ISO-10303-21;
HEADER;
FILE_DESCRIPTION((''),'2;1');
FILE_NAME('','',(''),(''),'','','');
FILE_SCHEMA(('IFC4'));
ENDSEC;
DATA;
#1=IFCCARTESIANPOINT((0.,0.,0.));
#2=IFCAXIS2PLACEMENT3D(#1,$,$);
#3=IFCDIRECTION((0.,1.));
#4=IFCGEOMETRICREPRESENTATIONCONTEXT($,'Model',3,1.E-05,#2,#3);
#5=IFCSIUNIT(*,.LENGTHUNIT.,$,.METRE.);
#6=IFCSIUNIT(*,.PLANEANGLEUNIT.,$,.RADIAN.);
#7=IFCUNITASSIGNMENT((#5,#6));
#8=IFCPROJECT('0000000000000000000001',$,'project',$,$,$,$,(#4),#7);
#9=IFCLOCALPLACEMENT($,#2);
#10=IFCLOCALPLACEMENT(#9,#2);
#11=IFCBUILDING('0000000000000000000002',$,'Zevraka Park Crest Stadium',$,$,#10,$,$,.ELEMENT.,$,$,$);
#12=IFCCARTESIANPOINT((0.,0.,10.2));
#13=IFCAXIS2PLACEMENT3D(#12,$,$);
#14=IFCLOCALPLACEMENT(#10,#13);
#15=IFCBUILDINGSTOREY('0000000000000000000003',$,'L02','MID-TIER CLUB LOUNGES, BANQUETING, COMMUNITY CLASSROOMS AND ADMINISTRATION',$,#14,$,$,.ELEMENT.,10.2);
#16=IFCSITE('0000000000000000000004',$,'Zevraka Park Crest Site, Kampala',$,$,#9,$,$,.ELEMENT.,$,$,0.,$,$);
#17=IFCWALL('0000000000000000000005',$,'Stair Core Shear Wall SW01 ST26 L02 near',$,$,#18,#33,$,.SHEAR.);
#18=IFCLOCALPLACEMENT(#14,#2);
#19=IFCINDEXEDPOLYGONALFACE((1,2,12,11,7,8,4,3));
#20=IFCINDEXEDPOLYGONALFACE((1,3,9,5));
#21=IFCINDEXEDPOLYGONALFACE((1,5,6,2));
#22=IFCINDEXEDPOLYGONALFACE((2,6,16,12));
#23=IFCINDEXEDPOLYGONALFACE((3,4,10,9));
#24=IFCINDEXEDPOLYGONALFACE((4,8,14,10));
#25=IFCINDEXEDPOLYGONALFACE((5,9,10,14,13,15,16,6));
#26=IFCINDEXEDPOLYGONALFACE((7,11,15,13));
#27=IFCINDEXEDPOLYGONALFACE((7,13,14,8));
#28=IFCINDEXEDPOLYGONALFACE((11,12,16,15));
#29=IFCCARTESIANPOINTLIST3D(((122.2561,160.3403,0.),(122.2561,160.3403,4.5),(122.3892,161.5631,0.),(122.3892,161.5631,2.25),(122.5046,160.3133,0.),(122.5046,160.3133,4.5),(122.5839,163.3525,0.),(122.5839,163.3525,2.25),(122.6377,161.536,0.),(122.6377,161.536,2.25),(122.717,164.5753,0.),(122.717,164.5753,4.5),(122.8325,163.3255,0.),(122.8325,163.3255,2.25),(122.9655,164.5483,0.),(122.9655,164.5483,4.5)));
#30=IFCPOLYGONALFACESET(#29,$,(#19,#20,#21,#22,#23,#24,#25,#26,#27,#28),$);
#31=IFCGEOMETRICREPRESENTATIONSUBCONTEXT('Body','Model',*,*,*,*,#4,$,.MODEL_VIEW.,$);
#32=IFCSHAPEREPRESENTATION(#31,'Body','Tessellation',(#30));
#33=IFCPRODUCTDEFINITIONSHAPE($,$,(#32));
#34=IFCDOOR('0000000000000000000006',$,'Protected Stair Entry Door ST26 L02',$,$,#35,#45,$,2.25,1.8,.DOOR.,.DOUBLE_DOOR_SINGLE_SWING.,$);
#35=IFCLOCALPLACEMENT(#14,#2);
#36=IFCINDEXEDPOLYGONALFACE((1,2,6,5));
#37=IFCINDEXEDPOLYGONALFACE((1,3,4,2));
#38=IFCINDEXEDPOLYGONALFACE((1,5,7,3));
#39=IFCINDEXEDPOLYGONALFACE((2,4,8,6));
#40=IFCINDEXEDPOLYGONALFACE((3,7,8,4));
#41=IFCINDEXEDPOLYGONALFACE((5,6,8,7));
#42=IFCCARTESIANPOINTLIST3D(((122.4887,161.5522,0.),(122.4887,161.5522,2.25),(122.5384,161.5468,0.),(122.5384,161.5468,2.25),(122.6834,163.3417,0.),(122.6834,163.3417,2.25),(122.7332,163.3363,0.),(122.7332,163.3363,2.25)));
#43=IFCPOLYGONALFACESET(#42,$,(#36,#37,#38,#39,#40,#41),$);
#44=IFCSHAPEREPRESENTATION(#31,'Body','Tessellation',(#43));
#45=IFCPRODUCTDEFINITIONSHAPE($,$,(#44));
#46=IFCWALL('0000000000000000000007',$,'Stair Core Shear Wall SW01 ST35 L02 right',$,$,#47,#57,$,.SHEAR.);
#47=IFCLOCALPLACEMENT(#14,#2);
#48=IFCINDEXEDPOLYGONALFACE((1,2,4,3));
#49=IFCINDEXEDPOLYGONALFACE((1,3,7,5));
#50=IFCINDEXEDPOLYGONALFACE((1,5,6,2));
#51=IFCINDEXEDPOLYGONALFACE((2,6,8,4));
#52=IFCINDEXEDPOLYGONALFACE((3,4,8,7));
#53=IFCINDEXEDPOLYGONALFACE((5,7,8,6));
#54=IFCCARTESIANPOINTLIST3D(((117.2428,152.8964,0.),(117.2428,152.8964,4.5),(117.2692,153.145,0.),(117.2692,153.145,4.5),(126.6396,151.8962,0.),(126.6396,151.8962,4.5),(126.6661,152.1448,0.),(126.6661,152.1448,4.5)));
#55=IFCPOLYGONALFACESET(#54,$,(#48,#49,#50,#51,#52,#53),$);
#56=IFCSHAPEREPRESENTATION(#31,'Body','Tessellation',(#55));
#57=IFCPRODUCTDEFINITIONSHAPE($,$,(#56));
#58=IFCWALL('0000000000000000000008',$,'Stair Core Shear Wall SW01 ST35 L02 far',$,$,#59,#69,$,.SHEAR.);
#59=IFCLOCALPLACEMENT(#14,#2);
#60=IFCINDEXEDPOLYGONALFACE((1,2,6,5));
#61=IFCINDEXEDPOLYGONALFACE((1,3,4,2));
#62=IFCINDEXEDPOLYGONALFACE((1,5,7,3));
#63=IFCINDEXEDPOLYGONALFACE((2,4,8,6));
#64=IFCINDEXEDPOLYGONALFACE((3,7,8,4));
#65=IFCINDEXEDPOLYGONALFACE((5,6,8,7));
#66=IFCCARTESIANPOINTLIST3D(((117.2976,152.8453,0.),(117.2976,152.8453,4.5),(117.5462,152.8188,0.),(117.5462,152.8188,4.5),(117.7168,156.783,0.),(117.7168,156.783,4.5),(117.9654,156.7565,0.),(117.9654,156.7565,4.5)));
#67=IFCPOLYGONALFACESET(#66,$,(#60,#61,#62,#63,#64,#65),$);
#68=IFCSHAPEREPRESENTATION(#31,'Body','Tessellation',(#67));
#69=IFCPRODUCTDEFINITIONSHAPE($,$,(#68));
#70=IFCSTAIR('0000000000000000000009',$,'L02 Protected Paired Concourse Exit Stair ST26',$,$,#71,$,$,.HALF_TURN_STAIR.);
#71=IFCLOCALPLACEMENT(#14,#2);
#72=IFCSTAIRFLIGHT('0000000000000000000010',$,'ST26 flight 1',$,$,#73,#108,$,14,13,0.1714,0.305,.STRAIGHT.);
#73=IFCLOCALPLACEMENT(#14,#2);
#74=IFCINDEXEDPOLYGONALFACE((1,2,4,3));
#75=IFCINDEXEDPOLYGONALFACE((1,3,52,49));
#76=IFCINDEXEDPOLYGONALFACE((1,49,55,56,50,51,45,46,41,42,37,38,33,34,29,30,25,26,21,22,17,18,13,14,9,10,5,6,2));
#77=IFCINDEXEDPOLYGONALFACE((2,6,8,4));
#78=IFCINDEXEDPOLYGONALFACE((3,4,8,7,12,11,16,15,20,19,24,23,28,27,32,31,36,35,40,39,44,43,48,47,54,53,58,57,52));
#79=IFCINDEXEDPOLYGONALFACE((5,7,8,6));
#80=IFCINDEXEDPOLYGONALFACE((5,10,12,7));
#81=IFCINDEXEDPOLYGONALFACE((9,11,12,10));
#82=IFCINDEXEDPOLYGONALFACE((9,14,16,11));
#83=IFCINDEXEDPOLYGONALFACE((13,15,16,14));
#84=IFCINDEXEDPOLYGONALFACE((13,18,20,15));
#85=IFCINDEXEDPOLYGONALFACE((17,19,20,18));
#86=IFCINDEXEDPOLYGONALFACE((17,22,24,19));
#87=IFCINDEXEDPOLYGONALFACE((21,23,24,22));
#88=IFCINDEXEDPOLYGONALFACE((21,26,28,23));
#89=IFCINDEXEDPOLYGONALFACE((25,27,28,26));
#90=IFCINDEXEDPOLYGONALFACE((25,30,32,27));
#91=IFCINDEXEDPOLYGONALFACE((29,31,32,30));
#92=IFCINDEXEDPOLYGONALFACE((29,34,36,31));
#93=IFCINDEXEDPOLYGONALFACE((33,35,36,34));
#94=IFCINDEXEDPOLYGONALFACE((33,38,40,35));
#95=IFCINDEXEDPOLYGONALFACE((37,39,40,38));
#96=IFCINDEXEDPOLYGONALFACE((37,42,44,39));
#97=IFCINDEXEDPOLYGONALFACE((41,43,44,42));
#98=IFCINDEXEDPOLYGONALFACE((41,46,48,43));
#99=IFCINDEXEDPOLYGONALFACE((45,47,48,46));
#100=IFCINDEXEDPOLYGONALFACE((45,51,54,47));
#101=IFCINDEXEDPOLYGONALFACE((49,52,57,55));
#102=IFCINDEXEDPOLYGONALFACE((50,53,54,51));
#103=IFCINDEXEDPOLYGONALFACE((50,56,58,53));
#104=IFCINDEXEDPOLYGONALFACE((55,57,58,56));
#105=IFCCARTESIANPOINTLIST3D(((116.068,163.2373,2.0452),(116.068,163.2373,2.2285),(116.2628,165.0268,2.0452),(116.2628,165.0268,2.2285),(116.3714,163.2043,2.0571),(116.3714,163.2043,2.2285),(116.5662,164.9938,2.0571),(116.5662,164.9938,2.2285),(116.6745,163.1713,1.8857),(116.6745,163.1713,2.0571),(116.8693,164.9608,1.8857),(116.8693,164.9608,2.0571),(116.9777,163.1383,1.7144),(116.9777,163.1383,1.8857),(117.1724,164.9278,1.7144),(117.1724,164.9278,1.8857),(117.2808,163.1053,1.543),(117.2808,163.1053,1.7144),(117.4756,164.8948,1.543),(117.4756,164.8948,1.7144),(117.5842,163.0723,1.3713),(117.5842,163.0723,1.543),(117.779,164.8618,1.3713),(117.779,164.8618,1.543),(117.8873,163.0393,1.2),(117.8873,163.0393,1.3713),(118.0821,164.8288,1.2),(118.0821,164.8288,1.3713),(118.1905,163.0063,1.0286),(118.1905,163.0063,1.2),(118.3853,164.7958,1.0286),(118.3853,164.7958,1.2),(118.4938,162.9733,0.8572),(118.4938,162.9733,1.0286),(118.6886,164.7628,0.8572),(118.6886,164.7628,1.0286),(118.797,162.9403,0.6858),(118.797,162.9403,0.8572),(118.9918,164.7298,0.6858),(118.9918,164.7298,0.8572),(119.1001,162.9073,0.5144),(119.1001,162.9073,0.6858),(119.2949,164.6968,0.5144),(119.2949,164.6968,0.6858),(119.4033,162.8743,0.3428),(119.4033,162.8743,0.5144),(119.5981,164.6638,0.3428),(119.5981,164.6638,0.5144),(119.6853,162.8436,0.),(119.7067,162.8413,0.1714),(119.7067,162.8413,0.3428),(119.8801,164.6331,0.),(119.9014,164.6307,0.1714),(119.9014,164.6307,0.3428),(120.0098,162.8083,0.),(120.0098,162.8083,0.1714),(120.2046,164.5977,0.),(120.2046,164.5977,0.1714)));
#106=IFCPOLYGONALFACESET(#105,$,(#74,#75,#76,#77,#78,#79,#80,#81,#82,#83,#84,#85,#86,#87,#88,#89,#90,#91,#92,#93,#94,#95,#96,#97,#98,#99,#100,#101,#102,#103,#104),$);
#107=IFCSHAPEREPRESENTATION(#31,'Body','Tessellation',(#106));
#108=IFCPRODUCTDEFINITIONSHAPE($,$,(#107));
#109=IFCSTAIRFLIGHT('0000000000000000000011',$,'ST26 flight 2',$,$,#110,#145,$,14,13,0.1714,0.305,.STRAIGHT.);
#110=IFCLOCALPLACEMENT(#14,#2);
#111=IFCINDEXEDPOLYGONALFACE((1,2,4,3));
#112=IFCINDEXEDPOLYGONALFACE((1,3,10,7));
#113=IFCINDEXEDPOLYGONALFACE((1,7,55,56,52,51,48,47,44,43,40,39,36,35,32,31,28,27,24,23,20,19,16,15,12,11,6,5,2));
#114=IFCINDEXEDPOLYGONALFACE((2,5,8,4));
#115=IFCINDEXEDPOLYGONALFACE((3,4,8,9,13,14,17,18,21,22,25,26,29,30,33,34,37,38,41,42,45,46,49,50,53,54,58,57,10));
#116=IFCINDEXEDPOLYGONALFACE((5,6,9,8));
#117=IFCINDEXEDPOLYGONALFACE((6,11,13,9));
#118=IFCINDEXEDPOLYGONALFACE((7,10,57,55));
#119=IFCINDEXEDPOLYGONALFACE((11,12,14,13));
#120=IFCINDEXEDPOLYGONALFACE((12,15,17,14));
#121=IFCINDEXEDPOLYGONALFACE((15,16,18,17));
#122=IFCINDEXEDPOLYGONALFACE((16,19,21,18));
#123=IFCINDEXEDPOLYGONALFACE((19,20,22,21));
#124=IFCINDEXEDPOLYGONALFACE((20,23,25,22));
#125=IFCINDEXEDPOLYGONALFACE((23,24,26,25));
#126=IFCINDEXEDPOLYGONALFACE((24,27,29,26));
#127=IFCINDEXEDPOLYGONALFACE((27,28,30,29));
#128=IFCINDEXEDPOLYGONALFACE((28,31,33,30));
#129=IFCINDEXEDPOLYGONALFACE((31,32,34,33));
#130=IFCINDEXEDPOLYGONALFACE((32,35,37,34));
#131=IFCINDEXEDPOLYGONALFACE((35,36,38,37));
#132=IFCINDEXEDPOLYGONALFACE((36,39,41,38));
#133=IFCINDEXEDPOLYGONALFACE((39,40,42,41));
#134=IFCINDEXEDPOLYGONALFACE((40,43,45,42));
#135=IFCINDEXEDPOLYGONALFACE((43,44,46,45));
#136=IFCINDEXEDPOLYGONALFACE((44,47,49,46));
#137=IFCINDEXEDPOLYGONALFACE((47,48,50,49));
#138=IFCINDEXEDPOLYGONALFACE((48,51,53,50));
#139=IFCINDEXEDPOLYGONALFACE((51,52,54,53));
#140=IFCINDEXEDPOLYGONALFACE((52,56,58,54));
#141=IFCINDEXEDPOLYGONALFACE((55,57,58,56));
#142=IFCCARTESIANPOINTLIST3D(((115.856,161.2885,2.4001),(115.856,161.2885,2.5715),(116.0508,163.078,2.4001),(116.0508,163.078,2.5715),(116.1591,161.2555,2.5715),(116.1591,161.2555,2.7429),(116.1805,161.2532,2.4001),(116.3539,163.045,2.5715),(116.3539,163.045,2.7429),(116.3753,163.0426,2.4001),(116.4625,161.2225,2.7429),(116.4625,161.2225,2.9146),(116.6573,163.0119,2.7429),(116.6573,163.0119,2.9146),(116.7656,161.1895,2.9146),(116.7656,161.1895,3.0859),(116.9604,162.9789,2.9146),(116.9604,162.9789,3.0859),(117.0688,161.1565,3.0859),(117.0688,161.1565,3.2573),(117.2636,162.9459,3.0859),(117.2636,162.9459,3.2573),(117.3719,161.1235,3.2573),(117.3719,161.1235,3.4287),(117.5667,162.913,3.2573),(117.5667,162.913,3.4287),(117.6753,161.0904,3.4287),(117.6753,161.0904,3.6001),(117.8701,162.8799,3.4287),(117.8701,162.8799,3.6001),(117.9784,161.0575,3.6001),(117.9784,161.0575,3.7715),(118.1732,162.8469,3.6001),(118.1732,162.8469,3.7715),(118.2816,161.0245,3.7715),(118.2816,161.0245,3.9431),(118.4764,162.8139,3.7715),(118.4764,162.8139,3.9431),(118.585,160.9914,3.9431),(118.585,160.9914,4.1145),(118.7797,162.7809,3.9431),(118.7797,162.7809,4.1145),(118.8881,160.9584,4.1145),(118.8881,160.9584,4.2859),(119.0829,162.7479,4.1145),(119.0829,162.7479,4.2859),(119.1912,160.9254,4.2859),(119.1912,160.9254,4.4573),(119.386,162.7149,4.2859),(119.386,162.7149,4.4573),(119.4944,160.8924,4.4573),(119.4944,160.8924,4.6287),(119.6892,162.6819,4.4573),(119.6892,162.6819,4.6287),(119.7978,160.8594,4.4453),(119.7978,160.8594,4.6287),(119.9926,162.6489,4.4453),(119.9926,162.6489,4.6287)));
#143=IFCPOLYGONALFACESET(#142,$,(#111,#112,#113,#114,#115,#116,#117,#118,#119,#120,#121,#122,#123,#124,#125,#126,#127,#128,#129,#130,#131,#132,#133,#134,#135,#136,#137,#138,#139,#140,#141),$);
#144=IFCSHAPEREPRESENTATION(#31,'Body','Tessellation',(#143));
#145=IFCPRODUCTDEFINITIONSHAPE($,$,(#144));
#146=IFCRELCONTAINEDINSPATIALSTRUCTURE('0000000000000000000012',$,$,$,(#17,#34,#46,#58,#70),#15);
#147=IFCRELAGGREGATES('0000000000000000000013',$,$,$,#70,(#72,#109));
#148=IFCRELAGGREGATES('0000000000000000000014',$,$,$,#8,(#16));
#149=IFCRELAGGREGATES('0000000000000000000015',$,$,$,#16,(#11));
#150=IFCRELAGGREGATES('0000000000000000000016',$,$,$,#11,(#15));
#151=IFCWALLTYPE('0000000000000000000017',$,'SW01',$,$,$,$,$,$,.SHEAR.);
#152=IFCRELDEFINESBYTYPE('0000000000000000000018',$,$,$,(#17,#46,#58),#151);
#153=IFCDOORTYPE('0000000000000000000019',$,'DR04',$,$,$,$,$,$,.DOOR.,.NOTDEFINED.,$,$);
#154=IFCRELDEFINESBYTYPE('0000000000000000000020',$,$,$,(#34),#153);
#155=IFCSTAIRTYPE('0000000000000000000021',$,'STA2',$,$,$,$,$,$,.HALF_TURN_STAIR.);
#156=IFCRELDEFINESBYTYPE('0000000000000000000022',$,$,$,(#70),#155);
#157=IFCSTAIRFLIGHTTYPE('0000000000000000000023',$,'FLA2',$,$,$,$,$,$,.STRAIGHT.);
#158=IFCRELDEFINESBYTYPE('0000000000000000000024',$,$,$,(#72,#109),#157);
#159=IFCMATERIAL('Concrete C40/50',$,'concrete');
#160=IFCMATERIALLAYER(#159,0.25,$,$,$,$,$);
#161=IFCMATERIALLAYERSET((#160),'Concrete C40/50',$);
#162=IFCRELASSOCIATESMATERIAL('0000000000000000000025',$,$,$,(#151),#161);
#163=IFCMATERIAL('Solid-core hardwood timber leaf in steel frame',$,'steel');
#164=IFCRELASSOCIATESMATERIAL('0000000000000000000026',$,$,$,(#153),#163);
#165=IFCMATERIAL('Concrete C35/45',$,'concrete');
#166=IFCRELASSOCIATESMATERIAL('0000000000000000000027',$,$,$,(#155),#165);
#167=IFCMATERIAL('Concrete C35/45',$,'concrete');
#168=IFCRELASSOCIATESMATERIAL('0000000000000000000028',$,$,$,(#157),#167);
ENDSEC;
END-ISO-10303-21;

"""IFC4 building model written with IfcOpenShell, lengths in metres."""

from ifc_helpers import new_model, si_unit, direction, frame, frame_2d, origin, place, context, subcontext, project, spatial, polyline, rectangle, outline, extrude, material, layer, layer_set, type_object, element, fill, aggregate, save


model = new_model("IFC4")

# Units and contexts
model_context = context("Model", 3, precision=1e-05, world=origin(), true_north=direction((0.0, 1.0)))
body_context = subcontext(model_context, "Body", "Model", "MODEL_VIEW")
ifc_project = project(units=[si_unit("LENGTHUNIT", "METRE"), si_unit("PLANEANGLEUNIT", "RADIAN")], contexts=[model_context])

# Site, building, storey
site_placement = place(None, origin())
site = spatial("IfcSite", under=ifc_project, at=site_placement, Name="Zevraka Park Crest Site, Kampala", CompositionType="ELEMENT", RefElevation=0.0)
building_placement = place(site_placement, origin())
building = spatial("IfcBuilding", under=site, at=building_placement, Name="Zevraka Park Crest Stadium", CompositionType="ELEMENT")
storey_placement = place(building_placement, frame((0.0, 0.0, 10.2)))
storey = spatial("IfcBuildingStorey", under=building, at=storey_placement, Name="L02", Description="MID-TIER CLUB LOUNGES, BANQUETING, COMMUNITY CLASSROOMS AND ADMINISTRATION", CompositionType="ELEMENT", Elevation=10.2)

# Shared definitions
ifc_material_1 = material(Name="Concrete C40/50", Category="concrete")
ifc_layer = layer(ifc_material_1, 0.25)
ifc_layer_set = layer_set([ifc_layer], Name="Concrete C40/50")
wall_type = type_object("IfcWallType", Name="SW01", PredefinedType="SHEAR", material=ifc_layer_set)

# Wall, opening, door
wall_1_placement = place(storey_placement, frame((122.3804, 160.3269, 0.0), z_axis=(0.0, 0.0, 1.0), x_axis=(0.108198, 0.994129, 0.0)))
wall_1 = element("IfcWall", 1, at=wall_1_placement, inside=storey, type_object=wall_type, Name="Stair Core Shear Wall SW01 ST26 L02 near", PredefinedType="SHEAR", context=body_context, shape_type="SweptSolid", body=[
    extrude(rectangle(XDim=4.26, YDim=0.25, at=frame_2d((2.1299, 0.0))), origin(), (0.0, 0.0, 1.0), 4.5),
])
opening_placement = place(wall_1_placement, frame((1.23, 0.0, 0.0)))
opening = element("IfcOpeningElement", 2, at=opening_placement, cuts=wall_1, PredefinedType="OPENING", context=body_context, shape_type="SweptSolid", body=[
    extrude(rectangle(XDim=1.8, YDim=2.25, at=frame_2d((0.8999, 1.125))), frame((0.0, 0.135, 0.0), z_axis=(0.0, -1.0, 0.0), x_axis=(1.0, 0.0, 0.0)), (0.0, 0.0, 1.0), 0.27),
])
ifc_material_2 = material(Name="Solid-core hardwood timber leaf in steel frame", Category="steel")
door_type = type_object("IfcDoorType", Name="DR04", OperationType="NOTDEFINED", PredefinedType="DOOR", material=ifc_material_2)
door_placement = place(opening_placement, origin())
door = element("IfcDoor", 3, at=door_placement, inside=storey, type_object=door_type, Name="Protected Stair Entry Door ST26 L02", OperationType="DOUBLE_DOOR_SINGLE_SWING", OverallHeight=2.25, OverallWidth=1.8, PredefinedType="DOOR", context=body_context, shape_type="SweptSolid", body=[
    extrude(rectangle(XDim=1.8, YDim=2.25, at=frame_2d((0.8999, 1.125))), frame((0.0, 0.0249, 0.0), z_axis=(0.0, -1.0, 0.0), x_axis=(1.0, 0.0, 0.0)), (0.0, 0.0, 1.0), 0.05),
])
fill(opening, door)

# Walls
wall_2_placement = place(storey_placement, frame((117.2559, 153.0208, 0.0), z_axis=(0.0, 0.0, 1.0), x_axis=(0.994383, -0.105845, 0.0)))
element("IfcWall", 4, at=wall_2_placement, inside=storey, type_object=wall_type, Name="Stair Core Shear Wall SW01 ST35 L02 right", PredefinedType="SHEAR", context=body_context, shape_type="SweptSolid", body=[
    extrude(rectangle(XDim=9.45, YDim=0.25, at=frame_2d((4.7251, 0.0))), origin(), (0.0, 0.0, 1.0), 4.5),
])
wall_3_placement = place(storey_placement, frame((117.8411, 156.7698, 0.0), z_axis=(0.0, 0.0, 1.0), x_axis=(-0.105856, -0.994381, 0.0)))
element("IfcWall", 5, at=wall_3_placement, inside=storey, type_object=wall_type, Name="Stair Core Shear Wall SW01 ST35 L02 far", PredefinedType="SHEAR", context=body_context, shape_type="SweptSolid", body=[
    extrude(rectangle(XDim=3.96, YDim=0.25, at=frame_2d((1.98, 0.0))), origin(), (0.0, 0.0, 1.0), 4.5),
])

# Stair, stair flights
ifc_material_3 = material(Name="Concrete C35/45", Category="concrete")
stair_type = type_object("IfcStairType", Name="STA2", PredefinedType="HALF_TURN_STAIR", material=ifc_material_3)
stair_placement = place(storey_placement, origin())
stair = element("IfcStair", 6, at=stair_placement, inside=storey, type_object=stair_type, Name="L02 Protected Paired Concourse Exit Stair ST26", PredefinedType="HALF_TURN_STAIR")
ifc_material_4 = material(Name="Concrete C35/45", Category="concrete")
stair_flight_type = type_object("IfcStairFlightType", Name="FLA2", PredefinedType="STRAIGHT", material=ifc_material_4)
stair_flight_1_placement = place(storey_placement, frame((120.1072, 163.7029, 0.0), z_axis=(0.0, 0.0, 1.0), x_axis=(-0.994128, 0.108215, 0.0)))
stair_flight_1 = element("IfcStairFlight", 7, at=stair_flight_1_placement, type_object=stair_flight_type, Name="ST26 flight 1", NumberOfRisers=14, NumberOfTreads=13, PredefinedType="STRAIGHT", RiserHeight=0.1714, TreadLength=0.305, context=body_context, shape_type="SweptSolid", body=[
    extrude(outline(polyline([(0.0, 0.0), (0.0, 0.1714), (0.3049, 0.1714), (0.3049, 0.3428), (0.6101, 0.3428), (0.6101, 0.5144), (0.915, 0.5144), (0.915, 0.6858), (1.22, 0.6858), (1.22, 0.8572), (1.5249, 0.8572), (1.5249, 1.0286), (1.8301, 1.0286), (1.8301, 1.2), (2.135, 1.2), (2.135, 1.3713), (2.4399, 1.3713), (2.4399, 1.543), (2.7451, 1.543), (2.7451, 1.7144), (3.05, 1.7144), (3.05, 1.8857), (3.355, 1.8857), (3.355, 2.0571), (3.6599, 2.0571), (3.6599, 2.2285), (3.9651, 2.2285), (3.9651, 2.3999), (3.9651, 2.0452), (0.3264, 0.0), (0.0, 0.0)])), frame((0.0, 0.8999, 0.0), z_axis=(0.0, -1.0, 0.0), x_axis=(1.0, 0.0, 0.0)), (0.0, 0.0, 1.0), 1.8),
])
stair_flight_2_placement = place(storey_placement, frame((115.9534, 162.1833, 2.4001), z_axis=(0.0, 0.0, 1.0), x_axis=(0.994128, -0.108215, 0.0)))
stair_flight_2 = element("IfcStairFlight", 8, at=stair_flight_2_placement, type_object=stair_flight_type, Name="ST26 flight 2", NumberOfRisers=14, NumberOfTreads=13, PredefinedType="STRAIGHT", RiserHeight=0.1714, TreadLength=0.305, context=body_context, shape_type="SweptSolid", body=[
    extrude(outline(polyline([(0.0, 0.0), (0.0, 0.1714), (0.3049, 0.1714), (0.3049, 0.3428), (0.6101, 0.3428), (0.6101, 0.5144), (0.915, 0.5144), (0.915, 0.6858), (1.22, 0.6858), (1.22, 0.8572), (1.5249, 0.8572), (1.5249, 1.0286), (1.8301, 1.0286), (1.8301, 1.2), (2.135, 1.2), (2.135, 1.3713), (2.4399, 1.3713), (2.4399, 1.543), (2.7451, 1.543), (2.7451, 1.7144), (3.05, 1.7144), (3.05, 1.8857), (3.355, 1.8857), (3.355, 2.0571), (3.6599, 2.0571), (3.6599, 2.2285), (3.9651, 2.2285), (3.9651, 2.3999), (3.9651, 2.0452), (0.3264, 0.0), (0.0, 0.0)])), frame((0.0, 0.8999, 0.0), z_axis=(0.0, -1.0, 0.0), x_axis=(1.0, 0.0, 0.0)), (0.0, 0.0, 1.0), 1.8),
])
aggregate(stair, [stair_flight_1, stair_flight_2])

save(model, "model.ifc")
